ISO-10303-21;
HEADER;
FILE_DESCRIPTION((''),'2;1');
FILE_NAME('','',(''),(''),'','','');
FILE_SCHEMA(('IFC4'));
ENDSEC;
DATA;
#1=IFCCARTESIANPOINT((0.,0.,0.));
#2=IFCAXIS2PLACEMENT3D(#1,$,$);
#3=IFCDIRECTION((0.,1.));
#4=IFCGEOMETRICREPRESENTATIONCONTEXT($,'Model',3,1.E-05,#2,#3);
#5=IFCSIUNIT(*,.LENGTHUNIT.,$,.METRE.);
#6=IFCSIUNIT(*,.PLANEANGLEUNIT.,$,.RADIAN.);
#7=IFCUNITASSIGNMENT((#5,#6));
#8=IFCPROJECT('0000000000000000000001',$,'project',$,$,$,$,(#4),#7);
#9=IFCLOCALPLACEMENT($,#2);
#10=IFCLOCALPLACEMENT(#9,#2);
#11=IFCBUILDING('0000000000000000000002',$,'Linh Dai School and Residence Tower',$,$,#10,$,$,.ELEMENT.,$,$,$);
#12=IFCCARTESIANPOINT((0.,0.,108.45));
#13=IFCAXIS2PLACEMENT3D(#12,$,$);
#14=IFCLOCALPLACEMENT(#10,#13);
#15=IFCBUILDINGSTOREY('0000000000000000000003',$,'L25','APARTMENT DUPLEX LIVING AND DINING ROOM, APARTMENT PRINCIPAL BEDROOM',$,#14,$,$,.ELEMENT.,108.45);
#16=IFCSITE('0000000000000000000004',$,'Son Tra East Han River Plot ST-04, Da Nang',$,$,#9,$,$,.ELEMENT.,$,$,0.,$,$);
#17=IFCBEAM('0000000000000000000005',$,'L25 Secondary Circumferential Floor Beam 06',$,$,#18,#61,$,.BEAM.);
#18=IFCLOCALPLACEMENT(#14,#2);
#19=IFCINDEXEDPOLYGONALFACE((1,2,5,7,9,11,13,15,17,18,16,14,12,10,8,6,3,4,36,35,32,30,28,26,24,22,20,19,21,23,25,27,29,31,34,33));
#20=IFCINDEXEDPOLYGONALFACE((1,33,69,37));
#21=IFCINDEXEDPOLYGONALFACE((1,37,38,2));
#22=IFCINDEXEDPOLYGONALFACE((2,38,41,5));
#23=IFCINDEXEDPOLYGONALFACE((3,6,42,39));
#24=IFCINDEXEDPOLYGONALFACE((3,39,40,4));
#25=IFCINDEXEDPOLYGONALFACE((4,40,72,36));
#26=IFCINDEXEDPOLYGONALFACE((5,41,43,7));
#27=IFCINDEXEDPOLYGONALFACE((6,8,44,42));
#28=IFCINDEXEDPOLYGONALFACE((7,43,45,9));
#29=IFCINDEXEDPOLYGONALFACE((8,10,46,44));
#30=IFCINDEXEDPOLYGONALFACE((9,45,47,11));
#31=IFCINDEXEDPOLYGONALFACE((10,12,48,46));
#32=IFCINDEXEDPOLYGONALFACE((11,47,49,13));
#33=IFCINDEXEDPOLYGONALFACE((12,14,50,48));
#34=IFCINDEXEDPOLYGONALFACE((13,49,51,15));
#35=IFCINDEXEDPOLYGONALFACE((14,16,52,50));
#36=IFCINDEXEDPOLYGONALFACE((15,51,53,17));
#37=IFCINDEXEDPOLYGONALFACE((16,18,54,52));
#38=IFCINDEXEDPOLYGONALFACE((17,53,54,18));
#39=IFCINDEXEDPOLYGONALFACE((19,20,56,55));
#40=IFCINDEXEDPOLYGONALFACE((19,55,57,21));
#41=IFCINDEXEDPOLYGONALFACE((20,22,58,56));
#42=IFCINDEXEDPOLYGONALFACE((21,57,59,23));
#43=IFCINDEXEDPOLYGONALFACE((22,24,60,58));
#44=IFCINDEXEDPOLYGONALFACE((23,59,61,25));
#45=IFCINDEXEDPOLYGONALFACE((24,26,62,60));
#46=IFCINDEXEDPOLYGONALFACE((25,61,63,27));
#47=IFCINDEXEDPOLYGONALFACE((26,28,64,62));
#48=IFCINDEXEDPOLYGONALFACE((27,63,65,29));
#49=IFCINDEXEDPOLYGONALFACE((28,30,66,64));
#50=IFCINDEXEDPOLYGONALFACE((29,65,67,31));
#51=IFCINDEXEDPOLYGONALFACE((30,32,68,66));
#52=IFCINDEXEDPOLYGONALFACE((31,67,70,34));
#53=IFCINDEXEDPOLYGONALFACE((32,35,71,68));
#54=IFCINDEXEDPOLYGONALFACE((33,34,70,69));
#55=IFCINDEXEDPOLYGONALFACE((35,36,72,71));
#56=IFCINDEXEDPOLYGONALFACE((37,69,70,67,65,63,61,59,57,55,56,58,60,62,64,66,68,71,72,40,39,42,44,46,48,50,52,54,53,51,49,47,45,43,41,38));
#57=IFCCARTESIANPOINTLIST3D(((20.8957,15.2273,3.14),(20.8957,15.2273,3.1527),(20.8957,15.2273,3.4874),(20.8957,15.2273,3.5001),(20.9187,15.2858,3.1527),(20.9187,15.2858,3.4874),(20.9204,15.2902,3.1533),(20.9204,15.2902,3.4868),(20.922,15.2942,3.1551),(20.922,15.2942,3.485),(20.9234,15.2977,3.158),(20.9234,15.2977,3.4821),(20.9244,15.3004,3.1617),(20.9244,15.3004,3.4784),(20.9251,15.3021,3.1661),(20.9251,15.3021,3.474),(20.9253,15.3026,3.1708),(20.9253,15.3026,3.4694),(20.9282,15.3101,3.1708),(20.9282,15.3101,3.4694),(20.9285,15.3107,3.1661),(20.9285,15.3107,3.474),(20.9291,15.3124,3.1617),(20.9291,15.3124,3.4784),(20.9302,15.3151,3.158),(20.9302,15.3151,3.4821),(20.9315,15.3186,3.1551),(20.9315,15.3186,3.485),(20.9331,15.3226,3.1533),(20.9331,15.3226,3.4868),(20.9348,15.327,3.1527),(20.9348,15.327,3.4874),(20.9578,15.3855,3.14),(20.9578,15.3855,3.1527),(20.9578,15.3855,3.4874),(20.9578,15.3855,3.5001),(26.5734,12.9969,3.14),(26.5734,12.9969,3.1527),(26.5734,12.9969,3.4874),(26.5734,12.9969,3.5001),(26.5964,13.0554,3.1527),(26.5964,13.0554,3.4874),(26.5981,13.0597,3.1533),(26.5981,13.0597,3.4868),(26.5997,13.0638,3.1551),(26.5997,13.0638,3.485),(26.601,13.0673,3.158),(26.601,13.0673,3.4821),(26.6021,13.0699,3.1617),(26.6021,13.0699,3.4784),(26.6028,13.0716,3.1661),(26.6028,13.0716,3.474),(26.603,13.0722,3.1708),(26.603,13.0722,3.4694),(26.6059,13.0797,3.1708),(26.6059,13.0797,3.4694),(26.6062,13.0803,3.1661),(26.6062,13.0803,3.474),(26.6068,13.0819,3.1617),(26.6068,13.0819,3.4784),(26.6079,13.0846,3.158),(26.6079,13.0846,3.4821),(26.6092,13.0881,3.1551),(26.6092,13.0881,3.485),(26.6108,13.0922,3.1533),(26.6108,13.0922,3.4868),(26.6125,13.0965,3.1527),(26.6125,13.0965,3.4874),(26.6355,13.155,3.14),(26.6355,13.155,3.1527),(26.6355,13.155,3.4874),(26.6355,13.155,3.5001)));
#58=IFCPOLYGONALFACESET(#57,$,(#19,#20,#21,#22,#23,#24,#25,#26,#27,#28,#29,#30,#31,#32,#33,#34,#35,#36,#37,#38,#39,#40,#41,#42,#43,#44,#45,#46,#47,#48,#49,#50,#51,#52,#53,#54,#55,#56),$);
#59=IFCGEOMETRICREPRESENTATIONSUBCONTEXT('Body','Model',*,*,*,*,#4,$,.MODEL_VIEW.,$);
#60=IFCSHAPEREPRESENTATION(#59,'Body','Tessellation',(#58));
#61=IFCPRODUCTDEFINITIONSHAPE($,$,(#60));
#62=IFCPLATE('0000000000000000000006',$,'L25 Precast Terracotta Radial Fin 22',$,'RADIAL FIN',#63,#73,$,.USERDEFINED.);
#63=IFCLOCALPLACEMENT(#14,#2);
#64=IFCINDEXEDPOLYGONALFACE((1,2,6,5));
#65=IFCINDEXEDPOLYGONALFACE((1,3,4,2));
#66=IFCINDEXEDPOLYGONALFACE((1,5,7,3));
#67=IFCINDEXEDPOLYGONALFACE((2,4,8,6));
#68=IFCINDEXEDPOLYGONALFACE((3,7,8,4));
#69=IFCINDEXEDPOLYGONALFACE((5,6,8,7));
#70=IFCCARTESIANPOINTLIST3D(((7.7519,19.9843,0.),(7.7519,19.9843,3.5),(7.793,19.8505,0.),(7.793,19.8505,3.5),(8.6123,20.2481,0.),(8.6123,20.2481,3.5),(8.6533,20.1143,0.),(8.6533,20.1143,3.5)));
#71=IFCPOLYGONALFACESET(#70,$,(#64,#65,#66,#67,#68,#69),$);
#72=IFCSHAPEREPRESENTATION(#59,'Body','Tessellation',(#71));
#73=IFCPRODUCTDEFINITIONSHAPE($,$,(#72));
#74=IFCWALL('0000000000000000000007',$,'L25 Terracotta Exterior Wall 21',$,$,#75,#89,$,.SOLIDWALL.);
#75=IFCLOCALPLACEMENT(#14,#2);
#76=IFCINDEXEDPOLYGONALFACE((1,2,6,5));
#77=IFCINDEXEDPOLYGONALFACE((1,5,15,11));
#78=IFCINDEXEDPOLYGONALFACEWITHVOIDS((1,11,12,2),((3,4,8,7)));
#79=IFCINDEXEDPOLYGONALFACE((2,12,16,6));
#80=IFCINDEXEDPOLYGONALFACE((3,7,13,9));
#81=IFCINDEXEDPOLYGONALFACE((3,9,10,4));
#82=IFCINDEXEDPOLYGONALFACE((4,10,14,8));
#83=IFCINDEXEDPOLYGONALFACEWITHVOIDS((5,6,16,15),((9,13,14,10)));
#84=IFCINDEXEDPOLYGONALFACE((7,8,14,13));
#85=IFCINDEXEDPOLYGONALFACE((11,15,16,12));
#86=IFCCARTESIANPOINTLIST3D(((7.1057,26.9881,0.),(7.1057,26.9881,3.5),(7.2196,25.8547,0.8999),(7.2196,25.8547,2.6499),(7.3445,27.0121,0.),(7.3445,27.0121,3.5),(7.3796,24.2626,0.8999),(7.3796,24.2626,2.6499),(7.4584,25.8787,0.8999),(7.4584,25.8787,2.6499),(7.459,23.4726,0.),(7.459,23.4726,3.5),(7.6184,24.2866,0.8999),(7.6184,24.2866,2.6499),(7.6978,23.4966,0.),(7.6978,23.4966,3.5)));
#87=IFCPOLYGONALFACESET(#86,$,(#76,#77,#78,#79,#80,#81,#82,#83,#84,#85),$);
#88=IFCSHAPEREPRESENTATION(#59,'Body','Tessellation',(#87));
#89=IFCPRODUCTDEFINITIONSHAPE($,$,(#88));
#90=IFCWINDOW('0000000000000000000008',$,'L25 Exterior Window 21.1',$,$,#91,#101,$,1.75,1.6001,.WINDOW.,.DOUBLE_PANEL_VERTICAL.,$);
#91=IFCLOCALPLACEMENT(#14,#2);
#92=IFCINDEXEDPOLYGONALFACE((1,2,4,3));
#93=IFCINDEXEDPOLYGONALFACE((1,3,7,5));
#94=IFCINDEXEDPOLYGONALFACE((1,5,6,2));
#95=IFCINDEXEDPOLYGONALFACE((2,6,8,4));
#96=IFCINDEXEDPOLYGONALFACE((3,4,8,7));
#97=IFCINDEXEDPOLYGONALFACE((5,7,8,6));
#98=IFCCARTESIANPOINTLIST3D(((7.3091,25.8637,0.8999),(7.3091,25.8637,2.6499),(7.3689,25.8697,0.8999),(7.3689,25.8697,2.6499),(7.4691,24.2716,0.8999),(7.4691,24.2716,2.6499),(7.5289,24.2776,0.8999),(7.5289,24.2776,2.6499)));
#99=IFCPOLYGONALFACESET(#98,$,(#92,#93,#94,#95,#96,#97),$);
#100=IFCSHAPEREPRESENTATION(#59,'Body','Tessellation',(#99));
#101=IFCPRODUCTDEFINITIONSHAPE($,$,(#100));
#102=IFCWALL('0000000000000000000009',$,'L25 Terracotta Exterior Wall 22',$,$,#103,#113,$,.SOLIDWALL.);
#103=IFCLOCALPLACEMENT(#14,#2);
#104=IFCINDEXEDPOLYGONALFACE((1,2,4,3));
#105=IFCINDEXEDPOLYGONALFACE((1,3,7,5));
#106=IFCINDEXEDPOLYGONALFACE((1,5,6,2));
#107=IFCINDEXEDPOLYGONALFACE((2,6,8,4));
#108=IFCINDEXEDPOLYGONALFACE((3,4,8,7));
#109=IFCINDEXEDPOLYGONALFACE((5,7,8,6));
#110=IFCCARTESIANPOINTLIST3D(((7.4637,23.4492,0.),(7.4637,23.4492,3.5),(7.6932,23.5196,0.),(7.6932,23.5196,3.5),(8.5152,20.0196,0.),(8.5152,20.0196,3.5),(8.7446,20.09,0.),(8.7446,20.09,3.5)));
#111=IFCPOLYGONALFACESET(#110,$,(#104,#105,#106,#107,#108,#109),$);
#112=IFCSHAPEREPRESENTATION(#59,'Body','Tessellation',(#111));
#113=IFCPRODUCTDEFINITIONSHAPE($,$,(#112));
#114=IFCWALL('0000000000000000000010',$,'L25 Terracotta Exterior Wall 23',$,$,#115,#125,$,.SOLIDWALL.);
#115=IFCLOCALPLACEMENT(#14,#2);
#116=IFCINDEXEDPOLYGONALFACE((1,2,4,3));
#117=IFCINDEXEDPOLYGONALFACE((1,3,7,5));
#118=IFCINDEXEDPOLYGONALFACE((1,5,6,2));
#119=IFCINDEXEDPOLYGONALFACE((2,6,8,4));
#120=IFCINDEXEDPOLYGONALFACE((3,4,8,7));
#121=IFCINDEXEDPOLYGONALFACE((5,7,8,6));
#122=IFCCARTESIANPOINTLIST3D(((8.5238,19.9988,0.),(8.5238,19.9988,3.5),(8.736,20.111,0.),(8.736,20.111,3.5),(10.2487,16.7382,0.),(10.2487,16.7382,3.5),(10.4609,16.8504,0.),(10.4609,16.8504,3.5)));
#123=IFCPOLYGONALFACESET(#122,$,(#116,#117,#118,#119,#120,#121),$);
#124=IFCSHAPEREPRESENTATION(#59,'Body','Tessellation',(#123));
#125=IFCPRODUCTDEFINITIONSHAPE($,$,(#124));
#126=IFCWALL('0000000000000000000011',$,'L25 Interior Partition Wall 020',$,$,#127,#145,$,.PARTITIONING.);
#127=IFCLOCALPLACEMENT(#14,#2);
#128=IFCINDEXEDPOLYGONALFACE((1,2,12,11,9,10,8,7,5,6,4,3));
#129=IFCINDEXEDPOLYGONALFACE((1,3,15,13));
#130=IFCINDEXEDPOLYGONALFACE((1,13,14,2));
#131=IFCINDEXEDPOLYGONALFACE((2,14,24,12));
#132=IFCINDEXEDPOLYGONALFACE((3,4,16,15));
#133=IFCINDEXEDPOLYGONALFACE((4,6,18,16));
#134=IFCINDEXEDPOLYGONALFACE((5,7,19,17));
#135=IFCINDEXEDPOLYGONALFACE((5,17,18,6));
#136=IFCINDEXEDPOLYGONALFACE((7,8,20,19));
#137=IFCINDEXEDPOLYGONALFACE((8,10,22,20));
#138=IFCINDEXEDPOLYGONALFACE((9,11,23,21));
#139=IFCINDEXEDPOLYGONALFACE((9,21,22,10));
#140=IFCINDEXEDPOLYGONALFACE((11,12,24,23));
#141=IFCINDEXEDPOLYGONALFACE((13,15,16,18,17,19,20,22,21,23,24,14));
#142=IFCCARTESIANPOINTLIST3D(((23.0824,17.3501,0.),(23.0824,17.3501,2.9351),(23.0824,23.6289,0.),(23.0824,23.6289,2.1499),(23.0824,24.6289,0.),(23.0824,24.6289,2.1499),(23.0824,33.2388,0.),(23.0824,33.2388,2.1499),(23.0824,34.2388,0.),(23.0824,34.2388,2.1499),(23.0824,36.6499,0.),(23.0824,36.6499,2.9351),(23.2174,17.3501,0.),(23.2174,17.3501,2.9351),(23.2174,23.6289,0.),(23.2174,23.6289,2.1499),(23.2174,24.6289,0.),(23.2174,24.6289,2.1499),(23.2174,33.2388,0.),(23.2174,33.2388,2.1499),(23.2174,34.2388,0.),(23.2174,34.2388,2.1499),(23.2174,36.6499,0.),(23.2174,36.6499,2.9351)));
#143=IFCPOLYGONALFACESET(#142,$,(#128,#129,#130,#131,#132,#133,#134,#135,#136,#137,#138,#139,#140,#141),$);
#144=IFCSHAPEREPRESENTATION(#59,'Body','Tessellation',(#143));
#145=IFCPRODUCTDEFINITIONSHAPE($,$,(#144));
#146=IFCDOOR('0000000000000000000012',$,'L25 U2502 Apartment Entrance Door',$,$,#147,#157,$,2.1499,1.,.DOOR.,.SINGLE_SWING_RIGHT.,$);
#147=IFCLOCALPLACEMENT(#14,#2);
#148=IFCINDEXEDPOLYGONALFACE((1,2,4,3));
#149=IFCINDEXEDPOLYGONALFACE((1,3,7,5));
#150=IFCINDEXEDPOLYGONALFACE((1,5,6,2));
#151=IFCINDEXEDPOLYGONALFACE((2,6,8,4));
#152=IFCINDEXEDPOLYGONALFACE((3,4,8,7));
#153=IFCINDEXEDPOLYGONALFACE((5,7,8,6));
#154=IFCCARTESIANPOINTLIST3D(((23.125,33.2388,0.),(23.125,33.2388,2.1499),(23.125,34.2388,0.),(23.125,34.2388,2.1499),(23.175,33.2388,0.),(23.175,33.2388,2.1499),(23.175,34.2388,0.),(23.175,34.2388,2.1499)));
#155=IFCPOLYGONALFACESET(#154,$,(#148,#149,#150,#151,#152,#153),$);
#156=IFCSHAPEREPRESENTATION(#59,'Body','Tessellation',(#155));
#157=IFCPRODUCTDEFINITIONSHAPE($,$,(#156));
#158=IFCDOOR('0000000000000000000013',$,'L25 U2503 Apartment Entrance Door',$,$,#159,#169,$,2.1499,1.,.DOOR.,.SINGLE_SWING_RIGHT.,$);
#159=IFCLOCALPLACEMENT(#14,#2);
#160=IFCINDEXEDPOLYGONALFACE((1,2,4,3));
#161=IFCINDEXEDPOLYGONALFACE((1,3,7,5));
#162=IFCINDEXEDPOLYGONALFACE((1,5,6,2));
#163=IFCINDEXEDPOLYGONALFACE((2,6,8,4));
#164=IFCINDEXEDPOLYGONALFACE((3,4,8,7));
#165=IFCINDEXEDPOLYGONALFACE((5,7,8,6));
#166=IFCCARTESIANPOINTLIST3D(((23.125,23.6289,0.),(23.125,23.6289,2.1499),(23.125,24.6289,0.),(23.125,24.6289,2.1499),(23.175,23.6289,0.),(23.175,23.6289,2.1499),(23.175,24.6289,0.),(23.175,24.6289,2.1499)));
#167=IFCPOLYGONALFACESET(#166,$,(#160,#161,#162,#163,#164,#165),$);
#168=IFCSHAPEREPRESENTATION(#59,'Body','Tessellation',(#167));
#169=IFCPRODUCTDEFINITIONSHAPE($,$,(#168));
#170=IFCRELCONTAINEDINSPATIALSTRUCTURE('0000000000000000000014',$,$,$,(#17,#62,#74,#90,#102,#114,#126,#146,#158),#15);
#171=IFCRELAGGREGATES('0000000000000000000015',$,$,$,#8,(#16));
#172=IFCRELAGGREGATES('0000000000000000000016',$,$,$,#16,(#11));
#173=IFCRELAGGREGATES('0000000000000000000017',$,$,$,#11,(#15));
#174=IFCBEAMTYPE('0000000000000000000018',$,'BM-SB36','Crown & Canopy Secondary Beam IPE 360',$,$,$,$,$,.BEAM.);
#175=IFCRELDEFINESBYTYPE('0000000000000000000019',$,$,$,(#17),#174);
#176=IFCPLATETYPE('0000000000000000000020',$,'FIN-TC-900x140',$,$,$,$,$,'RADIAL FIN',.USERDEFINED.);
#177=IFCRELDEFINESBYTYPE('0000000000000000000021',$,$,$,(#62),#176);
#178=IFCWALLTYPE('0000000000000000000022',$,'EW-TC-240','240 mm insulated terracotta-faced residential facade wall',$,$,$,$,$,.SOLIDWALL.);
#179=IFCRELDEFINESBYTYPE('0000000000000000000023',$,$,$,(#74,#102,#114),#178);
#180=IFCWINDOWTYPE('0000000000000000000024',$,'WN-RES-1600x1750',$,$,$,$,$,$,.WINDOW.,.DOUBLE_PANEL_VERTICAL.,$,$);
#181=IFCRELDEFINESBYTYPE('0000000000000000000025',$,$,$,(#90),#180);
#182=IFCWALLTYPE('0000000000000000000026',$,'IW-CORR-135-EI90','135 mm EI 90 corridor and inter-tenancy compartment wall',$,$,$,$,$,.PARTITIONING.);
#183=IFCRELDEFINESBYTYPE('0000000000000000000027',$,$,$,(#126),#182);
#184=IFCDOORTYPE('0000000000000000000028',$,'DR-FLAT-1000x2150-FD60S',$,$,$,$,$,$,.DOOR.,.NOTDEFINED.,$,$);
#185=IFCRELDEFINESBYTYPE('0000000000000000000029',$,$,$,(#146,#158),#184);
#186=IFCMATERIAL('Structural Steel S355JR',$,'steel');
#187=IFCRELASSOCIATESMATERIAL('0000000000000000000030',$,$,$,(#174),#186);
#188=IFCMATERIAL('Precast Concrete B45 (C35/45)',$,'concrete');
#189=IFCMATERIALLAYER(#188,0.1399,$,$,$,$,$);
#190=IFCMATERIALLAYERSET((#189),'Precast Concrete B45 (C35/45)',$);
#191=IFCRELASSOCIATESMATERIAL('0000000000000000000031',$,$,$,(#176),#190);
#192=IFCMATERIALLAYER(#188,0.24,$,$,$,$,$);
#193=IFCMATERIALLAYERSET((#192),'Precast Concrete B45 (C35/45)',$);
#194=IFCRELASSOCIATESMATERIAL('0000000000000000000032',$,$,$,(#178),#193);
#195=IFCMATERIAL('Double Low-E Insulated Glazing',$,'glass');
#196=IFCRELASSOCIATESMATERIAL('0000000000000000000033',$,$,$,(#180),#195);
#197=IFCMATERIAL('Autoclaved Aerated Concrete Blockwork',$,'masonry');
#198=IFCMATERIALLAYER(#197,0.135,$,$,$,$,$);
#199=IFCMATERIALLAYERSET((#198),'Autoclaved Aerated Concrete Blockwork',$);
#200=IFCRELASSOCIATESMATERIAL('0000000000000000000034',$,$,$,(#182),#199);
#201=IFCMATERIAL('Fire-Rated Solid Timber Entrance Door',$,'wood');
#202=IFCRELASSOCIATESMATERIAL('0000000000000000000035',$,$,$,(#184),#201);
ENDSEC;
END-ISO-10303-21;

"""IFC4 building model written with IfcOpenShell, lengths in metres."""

from ifc_helpers import new_model, si_unit, direction, frame, frame_2d, origin, origin_2d, place, context, subcontext, project, spatial, rectangle, i_section, extrude, source, transform, mapped, material, layer, layer_set, material_profile, profile_set, type_object, element, fill, save


model = new_model("IFC4")

# Units and contexts
model_context = context("Model", 3, precision=1e-05, world=origin(), true_north=direction((0.0, 1.0)))
body_context = subcontext(model_context, "Body", "Model", "MODEL_VIEW")
ifc_project = project(units=[si_unit("LENGTHUNIT", "METRE"), si_unit("PLANEANGLEUNIT", "RADIAN")], contexts=[model_context])

# Site, building, storey
site_placement = place(None, origin())
site = spatial("IfcSite", under=ifc_project, at=site_placement, Name="Son Tra East Han River Plot ST-04, Da Nang", CompositionType="ELEMENT", RefElevation=0.0)
building_placement = place(site_placement, origin())
building = spatial("IfcBuilding", under=site, at=building_placement, Name="Linh Dai School and Residence Tower", CompositionType="ELEMENT")
storey_placement = place(building_placement, frame((0.0, 0.0, 108.45)))
storey = spatial("IfcBuildingStorey", under=building, at=storey_placement, Name="L25", Description="APARTMENT DUPLEX LIVING AND DINING ROOM, APARTMENT PRINCIPAL BEDROOM", CompositionType="ELEMENT", Elevation=108.45)

# Shared definitions
ifc_material_1 = material(Name="Structural Steel S355JR", Category="steel")

# Beam
ifc_material_profile_1 = material_profile(ifc_material_1, i_section(OverallWidth=0.1699, OverallDepth=0.3601, WebThickness=0.0081, FlangeThickness=0.0127, FilletRadius=0.0181, at=origin_2d()), Name="IPE 360")
ifc_profile_set_1 = profile_set([ifc_material_profile_1], Name="Structural Steel S355JR")
beam_type_1 = type_object("IfcBeamType", Name="BM-SB36", Description="Crown & Canopy Secondary Beam IPE 360", PredefinedType="BEAM", material=ifc_profile_set_1)
beam_1_placement = place(storey_placement, frame((20.9268, 15.3064, 3.3201), z_axis=(0.930755, -0.365642, 0.0), x_axis=(0.365642, 0.930755, 0.0)))
element("IfcBeam", 1, at=beam_1_placement, inside=storey, type_object=beam_type_1, Name="L25 Secondary Circumferential Floor Beam 06", PredefinedType="BEAM", context=body_context, shape_type="SweptSolid", body=[
    extrude(i_section(OverallWidth=0.1699, OverallDepth=0.3601, WebThickness=0.0081, FlangeThickness=0.0127, FilletRadius=0.0181, at=origin_2d()), origin(), (0.0, 0.0, 1.0), 6.1001),
])

# Plate
ifc_material_2 = material(Name="Precast Concrete B45 (C35/45)", Category="concrete")
ifc_layer_1 = layer(ifc_material_2, 0.1399)
ifc_layer_set_1 = layer_set([ifc_layer_1], Name="Precast Concrete B45 (C35/45)")
plate_type = type_object("IfcPlateType", Name="FIN-TC-900x140", ElementType="RADIAL FIN", PredefinedType="USERDEFINED", material=ifc_layer_set_1)
shared_shape_1 = source(origin(), body_context, "Body", "SweptSolid", [
    extrude(rectangle(XDim=0.8999, YDim=0.1399, at=origin_2d()), origin(), (0.0, 0.0, 1.0), 3.5),
])
plate_placement = place(storey_placement, frame((8.2026, 20.0493, 0.0), z_axis=(0.0, 0.0, 1.0), x_axis=(-0.956072, -0.293134, 0.0)))
element("IfcPlate", 2, at=plate_placement, inside=storey, type_object=plate_type, Name="L25 Precast Terracotta Radial Fin 22", ObjectType="RADIAL FIN", PredefinedType="USERDEFINED", context=body_context, shape_type="MappedRepresentation", body=[
    mapped(shared_shape_1, transform((0.0, 0.0, 0.0), x_axis=(1.0, 0.0, 0.0), y_axis=(0.0, 1.0, 0.0), z_axis=(0.0, 0.0, 1.0), scale=1.0)),
])

# Wall, opening, window
ifc_layer_2 = layer(ifc_material_2, 0.24)
ifc_layer_set_2 = layer_set([ifc_layer_2], Name="Precast Concrete B45 (C35/45)")
wall_type_1 = type_object("IfcWallType", Name="EW-TC-240", Description="240 mm insulated terracotta-faced residential facade wall", PredefinedType="SOLIDWALL", material=ifc_layer_set_2)
wall_1_placement = place(storey_placement, frame((7.5784, 23.4846, 0.0), z_axis=(0.0, 0.0, 1.0), x_axis=(-0.099989, 0.994988, 0.0)))
wall_1 = element("IfcWall", 3, at=wall_1_placement, inside=storey, type_object=wall_type_1, Name="L25 Terracotta Exterior Wall 21", PredefinedType="SOLIDWALL", context=body_context, shape_type="SweptSolid", body=[
    extrude(rectangle(XDim=3.5332, YDim=0.24, at=frame_2d((1.7666, 0.0))), origin(), (0.0, 0.0, 1.0), 3.5),
])
opening_1_placement = place(wall_1_placement, frame((0.7939, 0.0, 0.8999)))
opening_1 = element("IfcOpeningElement", 4, at=opening_1_placement, cuts=wall_1, PredefinedType="OPENING", context=body_context, shape_type="SweptSolid", body=[
    extrude(rectangle(XDim=1.6001, YDim=1.75, at=origin_2d()), frame((0.8, 0.1299, 0.875), z_axis=(0.0, -1.0, 0.0), x_axis=(1.0, 0.0, 0.0)), (0.0, 0.0, 1.0), 0.26),
])
ifc_material_3 = material(Name="Double Low-E Insulated Glazing", Category="glass")
window_type = type_object("IfcWindowType", Name="WN-RES-1600x1750", PartitioningType="DOUBLE_PANEL_VERTICAL", PredefinedType="WINDOW", material=ifc_material_3)
shared_shape_2 = source(origin(), body_context, "Body", "SweptSolid", [
    extrude(rectangle(XDim=1.6001, YDim=1.75, at=origin_2d()), frame((0.8, 0.03, 0.875), z_axis=(0.0, -1.0, 0.0), x_axis=(1.0, 0.0, 0.0)), (0.0, 0.0, 1.0), 0.0601),
])
window_placement = place(opening_1_placement, origin())
window = element("IfcWindow", 5, at=window_placement, inside=storey, type_object=window_type, Name="L25 Exterior Window 21.1", OverallHeight=1.75, OverallWidth=1.6001, PartitioningType="DOUBLE_PANEL_VERTICAL", PredefinedType="WINDOW", context=body_context, shape_type="MappedRepresentation", body=[
    mapped(shared_shape_2, transform((0.0, 0.0, 0.0), x_axis=(1.0, 0.0, 0.0), y_axis=(0.0, 1.0, 0.0), z_axis=(0.0, 0.0, 1.0), scale=1.0)),
])
fill(opening_1, window)

# Walls
wall_2_placement = place(storey_placement, frame((8.6299, 20.0549, 0.0), z_axis=(0.0, 0.0, 1.0), x_axis=(-0.293124, 0.956074, 0.0)))
element("IfcWall", 6, at=wall_2_placement, inside=storey, type_object=wall_type_1, Name="L25 Terracotta Exterior Wall 22", PredefinedType="SOLIDWALL", context=body_context, shape_type="SweptSolid", body=[
    extrude(rectangle(XDim=3.5872, YDim=0.24, at=frame_2d((1.7935, 0.0))), origin(), (0.0, 0.0, 1.0), 3.5),
])
wall_3_placement = place(storey_placement, frame((10.3547, 16.7944, 0.0), z_axis=(0.0, 0.0, 1.0), x_axis=(-0.467614, 0.883933, 0.0)))
element("IfcWall", 7, at=wall_3_placement, inside=storey, type_object=wall_type_1, Name="L25 Terracotta Exterior Wall 23", PredefinedType="SOLIDWALL", context=body_context, shape_type="SweptSolid", body=[
    extrude(rectangle(XDim=3.6887, YDim=0.24, at=frame_2d((1.8442, 0.0))), origin(), (0.0, 0.0, 1.0), 3.5),
])

# Wall, openings, doors
ifc_material_4 = material(Name="Autoclaved Aerated Concrete Blockwork", Category="masonry")
ifc_layer_3 = layer(ifc_material_4, 0.135)
ifc_layer_set_3 = layer_set([ifc_layer_3], Name="Autoclaved Aerated Concrete Blockwork")
wall_type_2 = type_object("IfcWallType", Name="IW-CORR-135-EI90", Description="135 mm EI 90 corridor and inter-tenancy compartment wall", PredefinedType="PARTITIONING", material=ifc_layer_set_3)
wall_4_placement = place(storey_placement, frame((23.1499, 17.3501, 0.0), z_axis=(0.0, 0.0, 1.0), x_axis=(0.0, 1.0, 0.0)))
wall_4 = element("IfcWall", 8, at=wall_4_placement, inside=storey, type_object=wall_type_2, Name="L25 Interior Partition Wall 020", PredefinedType="PARTITIONING", context=body_context, shape_type="SweptSolid", body=[
    extrude(rectangle(XDim=19.2998, YDim=0.135, at=frame_2d((9.6499, 0.0))), origin(), (0.0, 0.0, 1.0), 2.9351),
])
opening_2_placement = place(wall_4_placement, frame((15.8887, 0.0, 0.0)))
opening_2 = element("IfcOpeningElement", 9, at=opening_2_placement, cuts=wall_4, PredefinedType="OPENING", context=body_context, shape_type="SweptSolid", body=[
    extrude(rectangle(XDim=1.0, YDim=2.1499, at=origin_2d()), frame((0.5, 0.0776, 1.075), z_axis=(0.0, -1.0, 0.0), x_axis=(1.0, 0.0, 0.0)), (0.0, 0.0, 1.0), 0.155),
])
opening_3_placement = place(wall_4_placement, frame((6.2788, 0.0, 0.0)))
opening_3 = element("IfcOpeningElement", 10, at=opening_3_placement, cuts=wall_4, PredefinedType="OPENING", context=body_context, shape_type="SweptSolid", body=[
    extrude(rectangle(XDim=1.0, YDim=2.1499, at=origin_2d()), frame((0.5, 0.0776, 1.075), z_axis=(0.0, -1.0, 0.0), x_axis=(1.0, 0.0, 0.0)), (0.0, 0.0, 1.0), 0.155),
])
ifc_material_5 = material(Name="Fire-Rated Solid Timber Entrance Door", Category="wood")
door_type_1 = type_object("IfcDoorType", Name="DR-FLAT-1000x2150-FD60S", OperationType="NOTDEFINED", PredefinedType="DOOR", material=ifc_material_5)
shared_shape_3 = source(origin(), body_context, "Body", "SweptSolid", [
    extrude(rectangle(XDim=1.0, YDim=2.1499, at=origin_2d()), frame((0.5, 0.0249, 1.075), z_axis=(0.0, -1.0, 0.0), x_axis=(1.0, 0.0, 0.0)), (0.0, 0.0, 1.0), 0.05),
])
door_1_placement = place(opening_2_placement, origin())
door_1 = element("IfcDoor", 11, at=door_1_placement, inside=storey, type_object=door_type_1, Name="L25 U2502 Apartment Entrance Door", OperationType="SINGLE_SWING_RIGHT", OverallHeight=2.1499, OverallWidth=1.0, PredefinedType="DOOR", context=body_context, shape_type="MappedRepresentation", body=[
    mapped(shared_shape_3, transform((0.0, 0.0, 0.0), x_axis=(1.0, 0.0, 0.0), y_axis=(0.0, 1.0, 0.0), z_axis=(0.0, 0.0, 1.0), scale=1.0)),
])
fill(opening_2, door_1)
door_2_placement = place(opening_3_placement, origin())
door_2 = element("IfcDoor", 12, at=door_2_placement, inside=storey, type_object=door_type_1, Name="L25 U2503 Apartment Entrance Door", OperationType="SINGLE_SWING_RIGHT", OverallHeight=2.1499, OverallWidth=1.0, PredefinedType="DOOR", context=body_context, shape_type="MappedRepresentation", body=[
    mapped(shared_shape_3, transform((0.0, 0.0, 0.0), x_axis=(1.0, 0.0, 0.0), y_axis=(0.0, 1.0, 0.0), z_axis=(0.0, 0.0, 1.0), scale=1.0)),
])
fill(opening_3, door_2)

save(model, "model.ifc")
